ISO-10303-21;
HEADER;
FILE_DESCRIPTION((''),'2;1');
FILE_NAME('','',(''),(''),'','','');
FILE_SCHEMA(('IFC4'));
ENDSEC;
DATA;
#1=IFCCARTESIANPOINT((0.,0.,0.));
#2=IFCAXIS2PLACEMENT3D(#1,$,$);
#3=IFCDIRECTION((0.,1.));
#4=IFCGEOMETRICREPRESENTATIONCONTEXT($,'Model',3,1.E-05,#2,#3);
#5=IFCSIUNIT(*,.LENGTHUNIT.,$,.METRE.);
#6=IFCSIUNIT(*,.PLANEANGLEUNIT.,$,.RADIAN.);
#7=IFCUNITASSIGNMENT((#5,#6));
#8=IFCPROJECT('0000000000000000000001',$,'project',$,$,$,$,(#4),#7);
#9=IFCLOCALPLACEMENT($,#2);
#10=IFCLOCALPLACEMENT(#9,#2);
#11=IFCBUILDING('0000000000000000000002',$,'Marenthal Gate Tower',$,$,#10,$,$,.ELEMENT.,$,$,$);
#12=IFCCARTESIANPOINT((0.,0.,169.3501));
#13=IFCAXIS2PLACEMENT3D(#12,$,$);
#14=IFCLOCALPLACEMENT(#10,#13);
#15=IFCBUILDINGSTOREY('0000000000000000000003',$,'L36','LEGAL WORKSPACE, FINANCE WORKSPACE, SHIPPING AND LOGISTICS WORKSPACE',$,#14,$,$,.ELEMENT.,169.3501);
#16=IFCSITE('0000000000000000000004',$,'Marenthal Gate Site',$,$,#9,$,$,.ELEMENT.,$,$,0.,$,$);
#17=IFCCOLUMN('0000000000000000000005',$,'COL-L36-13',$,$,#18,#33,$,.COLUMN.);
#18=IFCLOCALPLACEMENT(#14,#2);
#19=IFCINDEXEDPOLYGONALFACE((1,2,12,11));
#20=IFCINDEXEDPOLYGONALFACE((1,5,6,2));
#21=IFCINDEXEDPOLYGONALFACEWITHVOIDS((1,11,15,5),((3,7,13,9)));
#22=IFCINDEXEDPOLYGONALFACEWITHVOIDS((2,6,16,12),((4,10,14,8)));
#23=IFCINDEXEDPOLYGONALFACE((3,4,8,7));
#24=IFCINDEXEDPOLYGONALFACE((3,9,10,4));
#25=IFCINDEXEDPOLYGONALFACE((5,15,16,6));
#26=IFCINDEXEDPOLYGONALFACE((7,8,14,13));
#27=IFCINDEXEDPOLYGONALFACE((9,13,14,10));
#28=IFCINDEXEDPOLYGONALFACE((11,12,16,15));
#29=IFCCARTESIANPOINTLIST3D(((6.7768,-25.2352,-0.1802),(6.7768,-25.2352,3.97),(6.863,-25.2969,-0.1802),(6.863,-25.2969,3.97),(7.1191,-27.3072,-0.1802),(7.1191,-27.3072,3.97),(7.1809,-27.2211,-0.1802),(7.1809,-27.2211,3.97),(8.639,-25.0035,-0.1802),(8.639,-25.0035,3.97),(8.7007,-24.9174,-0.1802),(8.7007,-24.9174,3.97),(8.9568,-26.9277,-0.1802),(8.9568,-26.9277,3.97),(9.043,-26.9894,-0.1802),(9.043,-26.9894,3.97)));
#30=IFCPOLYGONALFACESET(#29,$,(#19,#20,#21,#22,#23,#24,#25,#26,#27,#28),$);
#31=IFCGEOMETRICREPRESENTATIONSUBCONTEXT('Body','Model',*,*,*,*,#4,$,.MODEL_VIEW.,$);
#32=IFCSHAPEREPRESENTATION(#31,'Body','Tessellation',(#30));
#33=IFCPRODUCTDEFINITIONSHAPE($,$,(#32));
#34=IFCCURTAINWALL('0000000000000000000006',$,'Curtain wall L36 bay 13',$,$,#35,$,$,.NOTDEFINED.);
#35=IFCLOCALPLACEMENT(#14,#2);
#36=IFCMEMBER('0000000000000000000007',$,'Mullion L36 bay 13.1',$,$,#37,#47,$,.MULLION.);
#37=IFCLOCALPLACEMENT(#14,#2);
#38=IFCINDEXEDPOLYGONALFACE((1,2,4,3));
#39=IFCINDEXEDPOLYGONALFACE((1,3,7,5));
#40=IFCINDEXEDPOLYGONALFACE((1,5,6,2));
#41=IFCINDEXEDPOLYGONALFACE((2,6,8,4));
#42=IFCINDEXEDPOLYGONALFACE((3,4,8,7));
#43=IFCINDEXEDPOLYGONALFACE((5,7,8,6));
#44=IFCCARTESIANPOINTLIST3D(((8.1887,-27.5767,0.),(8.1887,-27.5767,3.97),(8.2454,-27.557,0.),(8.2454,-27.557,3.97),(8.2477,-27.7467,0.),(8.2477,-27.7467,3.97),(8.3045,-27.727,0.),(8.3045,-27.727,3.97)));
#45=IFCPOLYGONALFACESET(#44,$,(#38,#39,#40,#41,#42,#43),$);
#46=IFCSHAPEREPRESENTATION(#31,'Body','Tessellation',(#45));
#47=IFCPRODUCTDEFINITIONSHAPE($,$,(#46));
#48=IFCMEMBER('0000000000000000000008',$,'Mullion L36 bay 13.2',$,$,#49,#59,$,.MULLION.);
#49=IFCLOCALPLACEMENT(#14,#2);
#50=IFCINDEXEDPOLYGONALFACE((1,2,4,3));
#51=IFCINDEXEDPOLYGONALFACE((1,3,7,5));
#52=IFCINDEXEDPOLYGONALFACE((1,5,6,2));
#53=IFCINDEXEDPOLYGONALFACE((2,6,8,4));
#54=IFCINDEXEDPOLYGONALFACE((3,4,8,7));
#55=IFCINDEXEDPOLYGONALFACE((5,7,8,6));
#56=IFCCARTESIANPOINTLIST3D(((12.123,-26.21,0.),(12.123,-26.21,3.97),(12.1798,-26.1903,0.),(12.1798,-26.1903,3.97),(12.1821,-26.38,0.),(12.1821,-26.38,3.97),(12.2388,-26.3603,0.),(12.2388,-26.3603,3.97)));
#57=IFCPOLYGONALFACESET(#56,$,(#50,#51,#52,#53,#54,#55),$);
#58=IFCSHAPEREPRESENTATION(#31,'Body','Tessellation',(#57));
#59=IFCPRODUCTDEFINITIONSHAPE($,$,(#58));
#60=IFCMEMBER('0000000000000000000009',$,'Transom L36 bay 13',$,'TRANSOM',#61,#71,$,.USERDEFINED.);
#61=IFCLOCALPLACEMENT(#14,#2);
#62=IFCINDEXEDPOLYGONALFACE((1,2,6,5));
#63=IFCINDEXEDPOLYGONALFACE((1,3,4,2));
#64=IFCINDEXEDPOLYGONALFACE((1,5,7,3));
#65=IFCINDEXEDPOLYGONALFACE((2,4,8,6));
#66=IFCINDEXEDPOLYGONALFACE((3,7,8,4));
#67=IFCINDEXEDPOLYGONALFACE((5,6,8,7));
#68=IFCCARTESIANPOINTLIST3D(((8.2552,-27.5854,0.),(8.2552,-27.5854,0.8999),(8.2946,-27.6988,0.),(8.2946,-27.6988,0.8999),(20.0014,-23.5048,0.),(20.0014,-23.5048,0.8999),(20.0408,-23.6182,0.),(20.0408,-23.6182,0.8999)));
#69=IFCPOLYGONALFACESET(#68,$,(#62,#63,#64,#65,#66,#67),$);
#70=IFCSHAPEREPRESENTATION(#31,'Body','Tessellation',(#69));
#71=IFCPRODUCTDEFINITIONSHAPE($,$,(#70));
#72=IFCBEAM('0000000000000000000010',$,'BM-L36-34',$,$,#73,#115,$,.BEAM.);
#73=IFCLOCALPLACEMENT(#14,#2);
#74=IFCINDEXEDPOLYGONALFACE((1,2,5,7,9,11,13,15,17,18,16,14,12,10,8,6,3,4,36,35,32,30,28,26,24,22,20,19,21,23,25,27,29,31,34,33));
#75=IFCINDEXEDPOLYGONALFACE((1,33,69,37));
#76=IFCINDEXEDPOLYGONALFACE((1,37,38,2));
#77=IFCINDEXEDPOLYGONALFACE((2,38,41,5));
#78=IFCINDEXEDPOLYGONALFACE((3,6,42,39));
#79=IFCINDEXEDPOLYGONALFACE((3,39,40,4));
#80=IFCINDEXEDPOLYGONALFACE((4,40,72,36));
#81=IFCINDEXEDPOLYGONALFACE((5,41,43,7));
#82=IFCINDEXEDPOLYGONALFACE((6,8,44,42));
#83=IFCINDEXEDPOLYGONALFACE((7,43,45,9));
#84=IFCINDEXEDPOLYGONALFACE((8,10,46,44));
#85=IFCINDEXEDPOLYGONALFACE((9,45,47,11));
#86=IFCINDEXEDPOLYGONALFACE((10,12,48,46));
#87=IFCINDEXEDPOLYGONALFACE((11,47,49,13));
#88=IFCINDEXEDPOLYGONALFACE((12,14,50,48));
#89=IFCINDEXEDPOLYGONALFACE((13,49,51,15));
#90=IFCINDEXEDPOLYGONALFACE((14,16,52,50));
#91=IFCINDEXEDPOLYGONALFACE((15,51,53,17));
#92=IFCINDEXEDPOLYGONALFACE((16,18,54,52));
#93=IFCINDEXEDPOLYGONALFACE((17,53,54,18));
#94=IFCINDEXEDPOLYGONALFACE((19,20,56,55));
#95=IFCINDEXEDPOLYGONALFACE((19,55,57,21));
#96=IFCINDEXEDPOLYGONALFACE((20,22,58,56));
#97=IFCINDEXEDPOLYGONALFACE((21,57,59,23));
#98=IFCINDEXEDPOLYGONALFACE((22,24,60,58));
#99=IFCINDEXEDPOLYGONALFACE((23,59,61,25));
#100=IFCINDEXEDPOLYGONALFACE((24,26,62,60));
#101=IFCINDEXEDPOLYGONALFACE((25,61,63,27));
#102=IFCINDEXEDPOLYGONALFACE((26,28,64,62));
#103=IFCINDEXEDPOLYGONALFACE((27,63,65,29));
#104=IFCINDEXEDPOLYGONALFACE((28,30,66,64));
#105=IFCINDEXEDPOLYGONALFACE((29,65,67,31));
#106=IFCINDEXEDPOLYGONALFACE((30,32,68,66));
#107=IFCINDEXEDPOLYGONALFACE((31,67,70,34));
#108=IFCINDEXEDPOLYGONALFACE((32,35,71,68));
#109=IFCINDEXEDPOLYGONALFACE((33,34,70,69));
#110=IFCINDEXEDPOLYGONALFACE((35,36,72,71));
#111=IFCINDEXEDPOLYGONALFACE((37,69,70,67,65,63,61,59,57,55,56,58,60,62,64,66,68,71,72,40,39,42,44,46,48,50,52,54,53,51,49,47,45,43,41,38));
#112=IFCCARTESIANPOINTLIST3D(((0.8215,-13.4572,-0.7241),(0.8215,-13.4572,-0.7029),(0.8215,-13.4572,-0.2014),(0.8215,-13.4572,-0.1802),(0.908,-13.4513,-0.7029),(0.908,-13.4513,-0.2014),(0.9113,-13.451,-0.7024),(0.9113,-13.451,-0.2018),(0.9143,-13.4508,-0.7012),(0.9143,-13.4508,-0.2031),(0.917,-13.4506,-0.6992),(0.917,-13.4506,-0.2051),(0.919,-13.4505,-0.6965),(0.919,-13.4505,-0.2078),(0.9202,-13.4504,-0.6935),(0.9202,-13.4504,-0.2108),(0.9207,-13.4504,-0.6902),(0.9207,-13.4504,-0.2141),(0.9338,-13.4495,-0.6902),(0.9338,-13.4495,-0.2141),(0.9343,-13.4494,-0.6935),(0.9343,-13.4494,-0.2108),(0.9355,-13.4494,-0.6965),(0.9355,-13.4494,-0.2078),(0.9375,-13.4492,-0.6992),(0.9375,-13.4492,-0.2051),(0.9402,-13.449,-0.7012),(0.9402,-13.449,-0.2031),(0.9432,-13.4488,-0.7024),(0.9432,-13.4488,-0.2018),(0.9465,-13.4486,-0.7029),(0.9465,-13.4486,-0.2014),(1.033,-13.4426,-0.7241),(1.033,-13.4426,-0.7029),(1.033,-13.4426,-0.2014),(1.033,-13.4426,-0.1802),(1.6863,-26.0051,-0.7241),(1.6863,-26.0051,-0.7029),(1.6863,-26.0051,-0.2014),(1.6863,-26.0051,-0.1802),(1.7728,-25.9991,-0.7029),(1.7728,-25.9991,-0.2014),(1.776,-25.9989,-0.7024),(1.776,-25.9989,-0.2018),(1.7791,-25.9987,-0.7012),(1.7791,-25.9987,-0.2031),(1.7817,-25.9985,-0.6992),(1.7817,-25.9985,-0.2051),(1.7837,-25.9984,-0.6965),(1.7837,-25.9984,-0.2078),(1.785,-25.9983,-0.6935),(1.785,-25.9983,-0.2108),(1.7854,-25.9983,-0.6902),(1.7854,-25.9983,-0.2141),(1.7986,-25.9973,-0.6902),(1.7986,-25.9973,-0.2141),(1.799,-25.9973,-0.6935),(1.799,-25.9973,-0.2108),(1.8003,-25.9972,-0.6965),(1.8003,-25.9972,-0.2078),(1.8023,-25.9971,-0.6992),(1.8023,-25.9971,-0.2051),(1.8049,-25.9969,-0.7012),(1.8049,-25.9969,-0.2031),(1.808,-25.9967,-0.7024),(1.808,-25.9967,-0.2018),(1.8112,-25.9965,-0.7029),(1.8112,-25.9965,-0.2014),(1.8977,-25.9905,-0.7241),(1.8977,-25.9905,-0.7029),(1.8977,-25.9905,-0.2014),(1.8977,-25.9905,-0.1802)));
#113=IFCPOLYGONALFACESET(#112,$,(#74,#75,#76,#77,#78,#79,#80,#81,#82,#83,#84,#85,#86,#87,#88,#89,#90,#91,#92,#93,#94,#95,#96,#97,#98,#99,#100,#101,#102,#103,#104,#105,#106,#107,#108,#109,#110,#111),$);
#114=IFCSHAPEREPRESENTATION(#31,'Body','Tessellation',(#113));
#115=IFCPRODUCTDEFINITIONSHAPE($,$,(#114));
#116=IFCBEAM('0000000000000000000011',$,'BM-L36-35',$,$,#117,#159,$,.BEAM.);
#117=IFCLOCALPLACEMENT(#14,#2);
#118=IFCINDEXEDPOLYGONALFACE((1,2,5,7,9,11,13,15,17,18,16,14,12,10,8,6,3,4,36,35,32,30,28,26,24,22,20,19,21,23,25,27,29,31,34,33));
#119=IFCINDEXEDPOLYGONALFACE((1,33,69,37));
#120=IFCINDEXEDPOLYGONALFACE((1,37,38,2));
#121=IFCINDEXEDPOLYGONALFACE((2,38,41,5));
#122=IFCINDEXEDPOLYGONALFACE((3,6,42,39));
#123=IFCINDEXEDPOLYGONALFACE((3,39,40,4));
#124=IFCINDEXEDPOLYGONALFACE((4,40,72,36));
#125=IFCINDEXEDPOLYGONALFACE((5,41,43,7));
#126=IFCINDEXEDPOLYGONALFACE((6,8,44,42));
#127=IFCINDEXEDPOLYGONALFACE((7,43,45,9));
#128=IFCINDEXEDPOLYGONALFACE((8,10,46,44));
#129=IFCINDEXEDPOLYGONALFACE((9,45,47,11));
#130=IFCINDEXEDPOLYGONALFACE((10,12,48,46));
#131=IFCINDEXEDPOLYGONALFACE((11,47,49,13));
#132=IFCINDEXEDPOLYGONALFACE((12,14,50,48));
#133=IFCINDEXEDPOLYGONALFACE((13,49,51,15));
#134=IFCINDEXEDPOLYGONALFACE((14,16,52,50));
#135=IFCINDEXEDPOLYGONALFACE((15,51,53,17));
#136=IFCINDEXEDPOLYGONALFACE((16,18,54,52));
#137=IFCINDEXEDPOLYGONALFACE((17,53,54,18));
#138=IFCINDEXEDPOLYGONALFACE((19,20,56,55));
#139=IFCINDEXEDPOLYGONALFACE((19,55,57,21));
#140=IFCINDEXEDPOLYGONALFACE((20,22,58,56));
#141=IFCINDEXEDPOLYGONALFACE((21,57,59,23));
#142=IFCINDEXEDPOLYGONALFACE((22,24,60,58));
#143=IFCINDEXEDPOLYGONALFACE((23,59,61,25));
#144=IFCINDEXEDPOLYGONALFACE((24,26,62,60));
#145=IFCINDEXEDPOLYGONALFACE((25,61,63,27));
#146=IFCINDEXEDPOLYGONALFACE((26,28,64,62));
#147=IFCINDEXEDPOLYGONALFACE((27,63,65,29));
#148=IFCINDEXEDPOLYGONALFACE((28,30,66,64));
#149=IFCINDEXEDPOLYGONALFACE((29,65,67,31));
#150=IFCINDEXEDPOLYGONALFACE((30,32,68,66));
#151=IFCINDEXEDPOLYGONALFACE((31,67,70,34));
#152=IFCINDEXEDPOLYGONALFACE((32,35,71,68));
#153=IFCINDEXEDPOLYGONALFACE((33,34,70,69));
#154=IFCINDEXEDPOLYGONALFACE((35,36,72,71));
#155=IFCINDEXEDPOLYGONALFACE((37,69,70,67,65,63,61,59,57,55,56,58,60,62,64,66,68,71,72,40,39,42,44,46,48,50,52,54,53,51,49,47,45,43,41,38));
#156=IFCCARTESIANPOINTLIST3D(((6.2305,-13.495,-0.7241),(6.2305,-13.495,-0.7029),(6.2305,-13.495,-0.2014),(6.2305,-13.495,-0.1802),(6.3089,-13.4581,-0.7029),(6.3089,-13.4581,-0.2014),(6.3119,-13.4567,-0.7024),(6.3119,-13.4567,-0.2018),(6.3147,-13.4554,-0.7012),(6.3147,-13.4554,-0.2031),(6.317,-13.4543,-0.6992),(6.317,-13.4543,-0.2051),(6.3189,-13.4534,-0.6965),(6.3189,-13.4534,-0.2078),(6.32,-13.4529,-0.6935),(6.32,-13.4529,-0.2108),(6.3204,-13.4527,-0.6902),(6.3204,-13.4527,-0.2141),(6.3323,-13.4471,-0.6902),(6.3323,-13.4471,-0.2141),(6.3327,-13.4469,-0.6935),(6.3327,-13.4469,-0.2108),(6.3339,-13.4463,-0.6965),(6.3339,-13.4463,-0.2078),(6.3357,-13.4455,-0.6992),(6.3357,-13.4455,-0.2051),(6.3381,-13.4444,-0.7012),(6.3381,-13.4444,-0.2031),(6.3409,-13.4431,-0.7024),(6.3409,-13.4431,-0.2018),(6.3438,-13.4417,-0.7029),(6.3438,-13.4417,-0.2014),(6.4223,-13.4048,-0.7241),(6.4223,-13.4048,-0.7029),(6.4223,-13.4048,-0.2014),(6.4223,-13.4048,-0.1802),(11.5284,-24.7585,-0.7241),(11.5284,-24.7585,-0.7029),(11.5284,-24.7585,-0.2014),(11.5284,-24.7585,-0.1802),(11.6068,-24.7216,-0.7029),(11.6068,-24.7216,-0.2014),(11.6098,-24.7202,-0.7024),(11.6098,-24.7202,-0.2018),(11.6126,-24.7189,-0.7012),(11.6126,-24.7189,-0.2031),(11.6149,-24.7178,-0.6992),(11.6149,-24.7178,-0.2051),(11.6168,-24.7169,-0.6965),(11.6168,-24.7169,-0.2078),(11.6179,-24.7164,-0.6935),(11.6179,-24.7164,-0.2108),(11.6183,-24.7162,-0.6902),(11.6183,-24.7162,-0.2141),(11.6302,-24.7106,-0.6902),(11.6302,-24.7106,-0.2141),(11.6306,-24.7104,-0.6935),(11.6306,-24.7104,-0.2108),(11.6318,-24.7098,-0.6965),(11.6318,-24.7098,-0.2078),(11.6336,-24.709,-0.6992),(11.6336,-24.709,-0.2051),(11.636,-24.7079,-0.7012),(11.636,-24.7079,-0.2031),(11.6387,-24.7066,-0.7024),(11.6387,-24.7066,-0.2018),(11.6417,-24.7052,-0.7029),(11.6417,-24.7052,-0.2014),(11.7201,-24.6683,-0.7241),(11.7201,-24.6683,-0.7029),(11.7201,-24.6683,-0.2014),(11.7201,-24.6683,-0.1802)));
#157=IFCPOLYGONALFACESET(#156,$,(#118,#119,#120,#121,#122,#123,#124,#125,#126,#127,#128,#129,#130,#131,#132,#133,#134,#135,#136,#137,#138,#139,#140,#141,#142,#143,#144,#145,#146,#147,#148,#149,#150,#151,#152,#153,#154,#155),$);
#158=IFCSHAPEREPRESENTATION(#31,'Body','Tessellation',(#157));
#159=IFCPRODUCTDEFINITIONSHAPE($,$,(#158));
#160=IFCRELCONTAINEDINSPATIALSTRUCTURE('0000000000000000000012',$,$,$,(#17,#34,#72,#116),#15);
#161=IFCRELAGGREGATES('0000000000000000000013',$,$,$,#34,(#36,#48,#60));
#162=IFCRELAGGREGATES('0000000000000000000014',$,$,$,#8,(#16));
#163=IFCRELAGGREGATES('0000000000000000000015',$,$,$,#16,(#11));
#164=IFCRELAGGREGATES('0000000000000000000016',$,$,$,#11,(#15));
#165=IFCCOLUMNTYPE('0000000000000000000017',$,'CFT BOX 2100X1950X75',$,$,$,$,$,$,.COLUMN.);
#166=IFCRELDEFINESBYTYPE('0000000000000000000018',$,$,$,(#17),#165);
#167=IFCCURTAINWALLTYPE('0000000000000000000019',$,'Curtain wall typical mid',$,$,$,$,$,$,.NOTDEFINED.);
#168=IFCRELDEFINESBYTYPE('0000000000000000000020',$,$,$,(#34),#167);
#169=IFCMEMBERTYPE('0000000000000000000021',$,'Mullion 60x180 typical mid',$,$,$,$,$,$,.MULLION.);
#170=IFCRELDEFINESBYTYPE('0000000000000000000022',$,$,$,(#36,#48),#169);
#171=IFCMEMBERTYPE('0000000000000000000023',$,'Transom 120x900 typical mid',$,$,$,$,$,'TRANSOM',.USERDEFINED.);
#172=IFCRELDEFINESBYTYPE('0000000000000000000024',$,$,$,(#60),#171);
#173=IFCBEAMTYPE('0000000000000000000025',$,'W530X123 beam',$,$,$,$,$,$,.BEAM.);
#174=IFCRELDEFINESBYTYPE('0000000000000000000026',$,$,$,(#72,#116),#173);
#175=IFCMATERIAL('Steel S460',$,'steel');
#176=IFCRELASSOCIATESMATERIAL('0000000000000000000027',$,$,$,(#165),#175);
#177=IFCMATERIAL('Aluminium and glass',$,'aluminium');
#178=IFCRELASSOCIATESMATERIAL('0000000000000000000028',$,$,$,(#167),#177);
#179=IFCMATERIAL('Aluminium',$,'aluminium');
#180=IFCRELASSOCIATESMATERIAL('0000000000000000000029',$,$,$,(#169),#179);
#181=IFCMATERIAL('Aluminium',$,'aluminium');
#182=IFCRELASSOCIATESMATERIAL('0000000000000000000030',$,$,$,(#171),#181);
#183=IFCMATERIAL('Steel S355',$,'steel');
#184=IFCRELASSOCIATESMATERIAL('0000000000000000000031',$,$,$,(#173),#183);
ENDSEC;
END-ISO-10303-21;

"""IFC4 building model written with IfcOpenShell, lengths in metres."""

from ifc_helpers import new_model, si_unit, direction, frame, origin, origin_2d, place, context, subcontext, project, spatial, rectangle, hollow_rectangle, i_section, extrude, material, material_profile, profile_set, type_object, element, aggregate, save


model = new_model("IFC4")

# Units and contexts
model_context = context("Model", 3, precision=1e-05, world=origin(), true_north=direction((0.0, 1.0)))
body_context = subcontext(model_context, "Body", "Model", "MODEL_VIEW")
ifc_project = project(units=[si_unit("LENGTHUNIT", "METRE"), si_unit("PLANEANGLEUNIT", "RADIAN")], contexts=[model_context])

# Site, building, storey
site_placement = place(None, origin())
site = spatial("IfcSite", under=ifc_project, at=site_placement, Name="Marenthal Gate Site", CompositionType="ELEMENT", RefElevation=0.0)
building_placement = place(site_placement, origin())
building = spatial("IfcBuilding", under=site, at=building_placement, Name="Marenthal Gate Tower", CompositionType="ELEMENT")
storey_placement = place(building_placement, frame((0.0, 0.0, 169.3501)))
storey = spatial("IfcBuildingStorey", under=building, at=storey_placement, Name="L36", Description="LEGAL WORKSPACE, FINANCE WORKSPACE, SHIPPING AND LOGISTICS WORKSPACE", CompositionType="ELEMENT", Elevation=169.3501)

# Column
ifc_material_1 = material(Name="Steel S460", Category="steel")
ifc_material_profile_1 = material_profile(ifc_material_1, hollow_rectangle(XDim=1.95, YDim=2.1001, WallThickness=0.075, at=origin_2d()), Name="CFT BOX 2100X1950X75")
ifc_material_2 = material(Name="Concrete 70 MPa", Category="concrete")
ifc_material_profile_2 = material_profile(ifc_material_2, rectangle(XDim=1.8, YDim=1.95, at=origin_2d()), Name="CFT BOX 2100X1950X75 INFILL")
ifc_profile_set_1 = profile_set([ifc_material_profile_1, ifc_material_profile_2], Name="Steel S460 shell, Concrete 70 MPa infill")
column_type = type_object("IfcColumnType", Name="CFT BOX 2100X1950X75", PredefinedType="COLUMN", material=ifc_profile_set_1)
column_placement = place(storey_placement, frame((7.9099, -26.1123, -0.1802), z_axis=(0.0, 0.0, 1.0), x_axis=(-0.986627, -0.162997, 0.0)))
element("IfcColumn", 1, at=column_placement, inside=storey, type_object=column_type, Name="COL-L36-13", PredefinedType="COLUMN", context=body_context, shape_type="SweptSolid", body=[
    extrude(hollow_rectangle(XDim=1.95, YDim=2.1001, WallThickness=0.075, at=origin_2d()), origin(), (0.0, 0.0, 1.0), 4.1501),
])

# Curtain wall, members
ifc_material_3 = material(Name="Aluminium and glass", Category="aluminium")
curtain_wall_type = type_object("IfcCurtainWallType", Name="Curtain wall typical mid", PredefinedType="NOTDEFINED", material=ifc_material_3)
curtain_wall_placement = place(storey_placement, origin())
curtain_wall = element("IfcCurtainWall", 2, at=curtain_wall_placement, inside=storey, type_object=curtain_wall_type, Name="Curtain wall L36 bay 13", PredefinedType="NOTDEFINED")
ifc_material_4 = material(Name="Aluminium", Category="aluminium")
ifc_material_profile_3 = material_profile(ifc_material_4, rectangle(XDim=0.1799, YDim=0.0601, at=origin_2d()), Name="60x180 aluminium mullion")
ifc_profile_set_2 = profile_set([ifc_material_profile_3], Name="Aluminium")
member_type_1 = type_object("IfcMemberType", Name="Mullion 60x180 typical mid", PredefinedType="MULLION", material=ifc_profile_set_2)
member_1_placement = place(storey_placement, frame((8.2466, -27.6519, 0.0), z_axis=(0.0, 0.0, 1.0), x_axis=(-0.328158, 0.944623, 0.0)))
member_1 = element("IfcMember", 3, at=member_1_placement, type_object=member_type_1, Name="Mullion L36 bay 13.1", PredefinedType="MULLION", context=body_context, shape_type="SweptSolid", body=[
    extrude(rectangle(XDim=0.1799, YDim=0.0601, at=origin_2d()), origin(), (0.0, 0.0, 1.0), 3.97),
])
member_2_placement = place(storey_placement, frame((12.1809, -26.2852, 0.0), z_axis=(0.0, 0.0, 1.0), x_axis=(-0.328158, 0.944623, 0.0)))
member_2 = element("IfcMember", 4, at=member_2_placement, type_object=member_type_1, Name="Mullion L36 bay 13.2", PredefinedType="MULLION", context=body_context, shape_type="SweptSolid", body=[
    extrude(rectangle(XDim=0.1799, YDim=0.0601, at=origin_2d()), origin(), (0.0, 0.0, 1.0), 3.97),
])
ifc_material_5 = material(Name="Aluminium", Category="aluminium")
ifc_material_profile_4 = material_profile(ifc_material_5, rectangle(XDim=0.1201, YDim=0.8999, at=origin_2d()), Name="120x900 aluminium transom")
ifc_profile_set_3 = profile_set([ifc_material_profile_4], Name="Aluminium")
member_type_2 = type_object("IfcMemberType", Name="Transom 120x900 typical mid", ElementType="TRANSOM", PredefinedType="USERDEFINED", material=ifc_profile_set_3)
member_3_placement = place(storey_placement, frame((8.2749, -27.6421, 0.45), z_axis=(0.944622, 0.32816, 0.0), x_axis=(-0.32816, 0.944622, 0.0)))
member_3 = element("IfcMember", 5, at=member_3_placement, type_object=member_type_2, Name="Transom L36 bay 13", ObjectType="TRANSOM", PredefinedType="USERDEFINED", context=body_context, shape_type="SweptSolid", body=[
    extrude(rectangle(XDim=0.1201, YDim=0.8999, at=origin_2d()), origin(), (0.0, 0.0, 1.0), 12.4348),
])

# Beams
ifc_material_6 = material(Name="Steel S355", Category="steel")
ifc_material_profile_5 = material_profile(ifc_material_6, i_section(OverallWidth=0.2119, OverallDepth=0.5439, WebThickness=0.0132, FlangeThickness=0.0212, FilletRadius=0.0127, at=origin_2d()), Name="W530X123")
ifc_profile_set_4 = profile_set([ifc_material_profile_5], Name="Steel S355")
beam_type_1 = type_object("IfcBeamType", Name="W530X123 beam", PredefinedType="BEAM", material=ifc_profile_set_4)
beam_1_placement = place(storey_placement, frame((1.792, -25.9978, -0.4521), z_axis=(-0.068753, 0.997634, 0.0), x_axis=(-0.997634, -0.068753, 0.0)))
element("IfcBeam", 6, at=beam_1_placement, inside=storey, type_object=beam_type_1, Name="BM-L36-34", PredefinedType="BEAM", context=body_context, shape_type="SweptSolid", body=[
    extrude(i_section(OverallWidth=0.2119, OverallDepth=0.5439, WebThickness=0.0132, FlangeThickness=0.0212, FilletRadius=0.0127, at=origin_2d()), origin(), (0.0, 0.0, 1.0), 12.5776),
])
beam_2_placement = place(storey_placement, frame((11.6243, -24.7134, -0.4521), z_axis=(-0.425627, 0.904899, 0.0), x_axis=(-0.904899, -0.425627, 0.0)))
element("IfcBeam", 7, at=beam_2_placement, inside=storey, type_object=beam_type_1, Name="BM-L36-35", PredefinedType="BEAM", context=body_context, shape_type="SweptSolid", body=[
    extrude(i_section(OverallWidth=0.2119, OverallDepth=0.5439, WebThickness=0.0132, FlangeThickness=0.0212, FilletRadius=0.0127, at=origin_2d()), origin(), (0.0, 0.0, 1.0), 12.4473),
])

aggregate(curtain_wall, [member_1, member_2, member_3])

save(model, "model.ifc")
